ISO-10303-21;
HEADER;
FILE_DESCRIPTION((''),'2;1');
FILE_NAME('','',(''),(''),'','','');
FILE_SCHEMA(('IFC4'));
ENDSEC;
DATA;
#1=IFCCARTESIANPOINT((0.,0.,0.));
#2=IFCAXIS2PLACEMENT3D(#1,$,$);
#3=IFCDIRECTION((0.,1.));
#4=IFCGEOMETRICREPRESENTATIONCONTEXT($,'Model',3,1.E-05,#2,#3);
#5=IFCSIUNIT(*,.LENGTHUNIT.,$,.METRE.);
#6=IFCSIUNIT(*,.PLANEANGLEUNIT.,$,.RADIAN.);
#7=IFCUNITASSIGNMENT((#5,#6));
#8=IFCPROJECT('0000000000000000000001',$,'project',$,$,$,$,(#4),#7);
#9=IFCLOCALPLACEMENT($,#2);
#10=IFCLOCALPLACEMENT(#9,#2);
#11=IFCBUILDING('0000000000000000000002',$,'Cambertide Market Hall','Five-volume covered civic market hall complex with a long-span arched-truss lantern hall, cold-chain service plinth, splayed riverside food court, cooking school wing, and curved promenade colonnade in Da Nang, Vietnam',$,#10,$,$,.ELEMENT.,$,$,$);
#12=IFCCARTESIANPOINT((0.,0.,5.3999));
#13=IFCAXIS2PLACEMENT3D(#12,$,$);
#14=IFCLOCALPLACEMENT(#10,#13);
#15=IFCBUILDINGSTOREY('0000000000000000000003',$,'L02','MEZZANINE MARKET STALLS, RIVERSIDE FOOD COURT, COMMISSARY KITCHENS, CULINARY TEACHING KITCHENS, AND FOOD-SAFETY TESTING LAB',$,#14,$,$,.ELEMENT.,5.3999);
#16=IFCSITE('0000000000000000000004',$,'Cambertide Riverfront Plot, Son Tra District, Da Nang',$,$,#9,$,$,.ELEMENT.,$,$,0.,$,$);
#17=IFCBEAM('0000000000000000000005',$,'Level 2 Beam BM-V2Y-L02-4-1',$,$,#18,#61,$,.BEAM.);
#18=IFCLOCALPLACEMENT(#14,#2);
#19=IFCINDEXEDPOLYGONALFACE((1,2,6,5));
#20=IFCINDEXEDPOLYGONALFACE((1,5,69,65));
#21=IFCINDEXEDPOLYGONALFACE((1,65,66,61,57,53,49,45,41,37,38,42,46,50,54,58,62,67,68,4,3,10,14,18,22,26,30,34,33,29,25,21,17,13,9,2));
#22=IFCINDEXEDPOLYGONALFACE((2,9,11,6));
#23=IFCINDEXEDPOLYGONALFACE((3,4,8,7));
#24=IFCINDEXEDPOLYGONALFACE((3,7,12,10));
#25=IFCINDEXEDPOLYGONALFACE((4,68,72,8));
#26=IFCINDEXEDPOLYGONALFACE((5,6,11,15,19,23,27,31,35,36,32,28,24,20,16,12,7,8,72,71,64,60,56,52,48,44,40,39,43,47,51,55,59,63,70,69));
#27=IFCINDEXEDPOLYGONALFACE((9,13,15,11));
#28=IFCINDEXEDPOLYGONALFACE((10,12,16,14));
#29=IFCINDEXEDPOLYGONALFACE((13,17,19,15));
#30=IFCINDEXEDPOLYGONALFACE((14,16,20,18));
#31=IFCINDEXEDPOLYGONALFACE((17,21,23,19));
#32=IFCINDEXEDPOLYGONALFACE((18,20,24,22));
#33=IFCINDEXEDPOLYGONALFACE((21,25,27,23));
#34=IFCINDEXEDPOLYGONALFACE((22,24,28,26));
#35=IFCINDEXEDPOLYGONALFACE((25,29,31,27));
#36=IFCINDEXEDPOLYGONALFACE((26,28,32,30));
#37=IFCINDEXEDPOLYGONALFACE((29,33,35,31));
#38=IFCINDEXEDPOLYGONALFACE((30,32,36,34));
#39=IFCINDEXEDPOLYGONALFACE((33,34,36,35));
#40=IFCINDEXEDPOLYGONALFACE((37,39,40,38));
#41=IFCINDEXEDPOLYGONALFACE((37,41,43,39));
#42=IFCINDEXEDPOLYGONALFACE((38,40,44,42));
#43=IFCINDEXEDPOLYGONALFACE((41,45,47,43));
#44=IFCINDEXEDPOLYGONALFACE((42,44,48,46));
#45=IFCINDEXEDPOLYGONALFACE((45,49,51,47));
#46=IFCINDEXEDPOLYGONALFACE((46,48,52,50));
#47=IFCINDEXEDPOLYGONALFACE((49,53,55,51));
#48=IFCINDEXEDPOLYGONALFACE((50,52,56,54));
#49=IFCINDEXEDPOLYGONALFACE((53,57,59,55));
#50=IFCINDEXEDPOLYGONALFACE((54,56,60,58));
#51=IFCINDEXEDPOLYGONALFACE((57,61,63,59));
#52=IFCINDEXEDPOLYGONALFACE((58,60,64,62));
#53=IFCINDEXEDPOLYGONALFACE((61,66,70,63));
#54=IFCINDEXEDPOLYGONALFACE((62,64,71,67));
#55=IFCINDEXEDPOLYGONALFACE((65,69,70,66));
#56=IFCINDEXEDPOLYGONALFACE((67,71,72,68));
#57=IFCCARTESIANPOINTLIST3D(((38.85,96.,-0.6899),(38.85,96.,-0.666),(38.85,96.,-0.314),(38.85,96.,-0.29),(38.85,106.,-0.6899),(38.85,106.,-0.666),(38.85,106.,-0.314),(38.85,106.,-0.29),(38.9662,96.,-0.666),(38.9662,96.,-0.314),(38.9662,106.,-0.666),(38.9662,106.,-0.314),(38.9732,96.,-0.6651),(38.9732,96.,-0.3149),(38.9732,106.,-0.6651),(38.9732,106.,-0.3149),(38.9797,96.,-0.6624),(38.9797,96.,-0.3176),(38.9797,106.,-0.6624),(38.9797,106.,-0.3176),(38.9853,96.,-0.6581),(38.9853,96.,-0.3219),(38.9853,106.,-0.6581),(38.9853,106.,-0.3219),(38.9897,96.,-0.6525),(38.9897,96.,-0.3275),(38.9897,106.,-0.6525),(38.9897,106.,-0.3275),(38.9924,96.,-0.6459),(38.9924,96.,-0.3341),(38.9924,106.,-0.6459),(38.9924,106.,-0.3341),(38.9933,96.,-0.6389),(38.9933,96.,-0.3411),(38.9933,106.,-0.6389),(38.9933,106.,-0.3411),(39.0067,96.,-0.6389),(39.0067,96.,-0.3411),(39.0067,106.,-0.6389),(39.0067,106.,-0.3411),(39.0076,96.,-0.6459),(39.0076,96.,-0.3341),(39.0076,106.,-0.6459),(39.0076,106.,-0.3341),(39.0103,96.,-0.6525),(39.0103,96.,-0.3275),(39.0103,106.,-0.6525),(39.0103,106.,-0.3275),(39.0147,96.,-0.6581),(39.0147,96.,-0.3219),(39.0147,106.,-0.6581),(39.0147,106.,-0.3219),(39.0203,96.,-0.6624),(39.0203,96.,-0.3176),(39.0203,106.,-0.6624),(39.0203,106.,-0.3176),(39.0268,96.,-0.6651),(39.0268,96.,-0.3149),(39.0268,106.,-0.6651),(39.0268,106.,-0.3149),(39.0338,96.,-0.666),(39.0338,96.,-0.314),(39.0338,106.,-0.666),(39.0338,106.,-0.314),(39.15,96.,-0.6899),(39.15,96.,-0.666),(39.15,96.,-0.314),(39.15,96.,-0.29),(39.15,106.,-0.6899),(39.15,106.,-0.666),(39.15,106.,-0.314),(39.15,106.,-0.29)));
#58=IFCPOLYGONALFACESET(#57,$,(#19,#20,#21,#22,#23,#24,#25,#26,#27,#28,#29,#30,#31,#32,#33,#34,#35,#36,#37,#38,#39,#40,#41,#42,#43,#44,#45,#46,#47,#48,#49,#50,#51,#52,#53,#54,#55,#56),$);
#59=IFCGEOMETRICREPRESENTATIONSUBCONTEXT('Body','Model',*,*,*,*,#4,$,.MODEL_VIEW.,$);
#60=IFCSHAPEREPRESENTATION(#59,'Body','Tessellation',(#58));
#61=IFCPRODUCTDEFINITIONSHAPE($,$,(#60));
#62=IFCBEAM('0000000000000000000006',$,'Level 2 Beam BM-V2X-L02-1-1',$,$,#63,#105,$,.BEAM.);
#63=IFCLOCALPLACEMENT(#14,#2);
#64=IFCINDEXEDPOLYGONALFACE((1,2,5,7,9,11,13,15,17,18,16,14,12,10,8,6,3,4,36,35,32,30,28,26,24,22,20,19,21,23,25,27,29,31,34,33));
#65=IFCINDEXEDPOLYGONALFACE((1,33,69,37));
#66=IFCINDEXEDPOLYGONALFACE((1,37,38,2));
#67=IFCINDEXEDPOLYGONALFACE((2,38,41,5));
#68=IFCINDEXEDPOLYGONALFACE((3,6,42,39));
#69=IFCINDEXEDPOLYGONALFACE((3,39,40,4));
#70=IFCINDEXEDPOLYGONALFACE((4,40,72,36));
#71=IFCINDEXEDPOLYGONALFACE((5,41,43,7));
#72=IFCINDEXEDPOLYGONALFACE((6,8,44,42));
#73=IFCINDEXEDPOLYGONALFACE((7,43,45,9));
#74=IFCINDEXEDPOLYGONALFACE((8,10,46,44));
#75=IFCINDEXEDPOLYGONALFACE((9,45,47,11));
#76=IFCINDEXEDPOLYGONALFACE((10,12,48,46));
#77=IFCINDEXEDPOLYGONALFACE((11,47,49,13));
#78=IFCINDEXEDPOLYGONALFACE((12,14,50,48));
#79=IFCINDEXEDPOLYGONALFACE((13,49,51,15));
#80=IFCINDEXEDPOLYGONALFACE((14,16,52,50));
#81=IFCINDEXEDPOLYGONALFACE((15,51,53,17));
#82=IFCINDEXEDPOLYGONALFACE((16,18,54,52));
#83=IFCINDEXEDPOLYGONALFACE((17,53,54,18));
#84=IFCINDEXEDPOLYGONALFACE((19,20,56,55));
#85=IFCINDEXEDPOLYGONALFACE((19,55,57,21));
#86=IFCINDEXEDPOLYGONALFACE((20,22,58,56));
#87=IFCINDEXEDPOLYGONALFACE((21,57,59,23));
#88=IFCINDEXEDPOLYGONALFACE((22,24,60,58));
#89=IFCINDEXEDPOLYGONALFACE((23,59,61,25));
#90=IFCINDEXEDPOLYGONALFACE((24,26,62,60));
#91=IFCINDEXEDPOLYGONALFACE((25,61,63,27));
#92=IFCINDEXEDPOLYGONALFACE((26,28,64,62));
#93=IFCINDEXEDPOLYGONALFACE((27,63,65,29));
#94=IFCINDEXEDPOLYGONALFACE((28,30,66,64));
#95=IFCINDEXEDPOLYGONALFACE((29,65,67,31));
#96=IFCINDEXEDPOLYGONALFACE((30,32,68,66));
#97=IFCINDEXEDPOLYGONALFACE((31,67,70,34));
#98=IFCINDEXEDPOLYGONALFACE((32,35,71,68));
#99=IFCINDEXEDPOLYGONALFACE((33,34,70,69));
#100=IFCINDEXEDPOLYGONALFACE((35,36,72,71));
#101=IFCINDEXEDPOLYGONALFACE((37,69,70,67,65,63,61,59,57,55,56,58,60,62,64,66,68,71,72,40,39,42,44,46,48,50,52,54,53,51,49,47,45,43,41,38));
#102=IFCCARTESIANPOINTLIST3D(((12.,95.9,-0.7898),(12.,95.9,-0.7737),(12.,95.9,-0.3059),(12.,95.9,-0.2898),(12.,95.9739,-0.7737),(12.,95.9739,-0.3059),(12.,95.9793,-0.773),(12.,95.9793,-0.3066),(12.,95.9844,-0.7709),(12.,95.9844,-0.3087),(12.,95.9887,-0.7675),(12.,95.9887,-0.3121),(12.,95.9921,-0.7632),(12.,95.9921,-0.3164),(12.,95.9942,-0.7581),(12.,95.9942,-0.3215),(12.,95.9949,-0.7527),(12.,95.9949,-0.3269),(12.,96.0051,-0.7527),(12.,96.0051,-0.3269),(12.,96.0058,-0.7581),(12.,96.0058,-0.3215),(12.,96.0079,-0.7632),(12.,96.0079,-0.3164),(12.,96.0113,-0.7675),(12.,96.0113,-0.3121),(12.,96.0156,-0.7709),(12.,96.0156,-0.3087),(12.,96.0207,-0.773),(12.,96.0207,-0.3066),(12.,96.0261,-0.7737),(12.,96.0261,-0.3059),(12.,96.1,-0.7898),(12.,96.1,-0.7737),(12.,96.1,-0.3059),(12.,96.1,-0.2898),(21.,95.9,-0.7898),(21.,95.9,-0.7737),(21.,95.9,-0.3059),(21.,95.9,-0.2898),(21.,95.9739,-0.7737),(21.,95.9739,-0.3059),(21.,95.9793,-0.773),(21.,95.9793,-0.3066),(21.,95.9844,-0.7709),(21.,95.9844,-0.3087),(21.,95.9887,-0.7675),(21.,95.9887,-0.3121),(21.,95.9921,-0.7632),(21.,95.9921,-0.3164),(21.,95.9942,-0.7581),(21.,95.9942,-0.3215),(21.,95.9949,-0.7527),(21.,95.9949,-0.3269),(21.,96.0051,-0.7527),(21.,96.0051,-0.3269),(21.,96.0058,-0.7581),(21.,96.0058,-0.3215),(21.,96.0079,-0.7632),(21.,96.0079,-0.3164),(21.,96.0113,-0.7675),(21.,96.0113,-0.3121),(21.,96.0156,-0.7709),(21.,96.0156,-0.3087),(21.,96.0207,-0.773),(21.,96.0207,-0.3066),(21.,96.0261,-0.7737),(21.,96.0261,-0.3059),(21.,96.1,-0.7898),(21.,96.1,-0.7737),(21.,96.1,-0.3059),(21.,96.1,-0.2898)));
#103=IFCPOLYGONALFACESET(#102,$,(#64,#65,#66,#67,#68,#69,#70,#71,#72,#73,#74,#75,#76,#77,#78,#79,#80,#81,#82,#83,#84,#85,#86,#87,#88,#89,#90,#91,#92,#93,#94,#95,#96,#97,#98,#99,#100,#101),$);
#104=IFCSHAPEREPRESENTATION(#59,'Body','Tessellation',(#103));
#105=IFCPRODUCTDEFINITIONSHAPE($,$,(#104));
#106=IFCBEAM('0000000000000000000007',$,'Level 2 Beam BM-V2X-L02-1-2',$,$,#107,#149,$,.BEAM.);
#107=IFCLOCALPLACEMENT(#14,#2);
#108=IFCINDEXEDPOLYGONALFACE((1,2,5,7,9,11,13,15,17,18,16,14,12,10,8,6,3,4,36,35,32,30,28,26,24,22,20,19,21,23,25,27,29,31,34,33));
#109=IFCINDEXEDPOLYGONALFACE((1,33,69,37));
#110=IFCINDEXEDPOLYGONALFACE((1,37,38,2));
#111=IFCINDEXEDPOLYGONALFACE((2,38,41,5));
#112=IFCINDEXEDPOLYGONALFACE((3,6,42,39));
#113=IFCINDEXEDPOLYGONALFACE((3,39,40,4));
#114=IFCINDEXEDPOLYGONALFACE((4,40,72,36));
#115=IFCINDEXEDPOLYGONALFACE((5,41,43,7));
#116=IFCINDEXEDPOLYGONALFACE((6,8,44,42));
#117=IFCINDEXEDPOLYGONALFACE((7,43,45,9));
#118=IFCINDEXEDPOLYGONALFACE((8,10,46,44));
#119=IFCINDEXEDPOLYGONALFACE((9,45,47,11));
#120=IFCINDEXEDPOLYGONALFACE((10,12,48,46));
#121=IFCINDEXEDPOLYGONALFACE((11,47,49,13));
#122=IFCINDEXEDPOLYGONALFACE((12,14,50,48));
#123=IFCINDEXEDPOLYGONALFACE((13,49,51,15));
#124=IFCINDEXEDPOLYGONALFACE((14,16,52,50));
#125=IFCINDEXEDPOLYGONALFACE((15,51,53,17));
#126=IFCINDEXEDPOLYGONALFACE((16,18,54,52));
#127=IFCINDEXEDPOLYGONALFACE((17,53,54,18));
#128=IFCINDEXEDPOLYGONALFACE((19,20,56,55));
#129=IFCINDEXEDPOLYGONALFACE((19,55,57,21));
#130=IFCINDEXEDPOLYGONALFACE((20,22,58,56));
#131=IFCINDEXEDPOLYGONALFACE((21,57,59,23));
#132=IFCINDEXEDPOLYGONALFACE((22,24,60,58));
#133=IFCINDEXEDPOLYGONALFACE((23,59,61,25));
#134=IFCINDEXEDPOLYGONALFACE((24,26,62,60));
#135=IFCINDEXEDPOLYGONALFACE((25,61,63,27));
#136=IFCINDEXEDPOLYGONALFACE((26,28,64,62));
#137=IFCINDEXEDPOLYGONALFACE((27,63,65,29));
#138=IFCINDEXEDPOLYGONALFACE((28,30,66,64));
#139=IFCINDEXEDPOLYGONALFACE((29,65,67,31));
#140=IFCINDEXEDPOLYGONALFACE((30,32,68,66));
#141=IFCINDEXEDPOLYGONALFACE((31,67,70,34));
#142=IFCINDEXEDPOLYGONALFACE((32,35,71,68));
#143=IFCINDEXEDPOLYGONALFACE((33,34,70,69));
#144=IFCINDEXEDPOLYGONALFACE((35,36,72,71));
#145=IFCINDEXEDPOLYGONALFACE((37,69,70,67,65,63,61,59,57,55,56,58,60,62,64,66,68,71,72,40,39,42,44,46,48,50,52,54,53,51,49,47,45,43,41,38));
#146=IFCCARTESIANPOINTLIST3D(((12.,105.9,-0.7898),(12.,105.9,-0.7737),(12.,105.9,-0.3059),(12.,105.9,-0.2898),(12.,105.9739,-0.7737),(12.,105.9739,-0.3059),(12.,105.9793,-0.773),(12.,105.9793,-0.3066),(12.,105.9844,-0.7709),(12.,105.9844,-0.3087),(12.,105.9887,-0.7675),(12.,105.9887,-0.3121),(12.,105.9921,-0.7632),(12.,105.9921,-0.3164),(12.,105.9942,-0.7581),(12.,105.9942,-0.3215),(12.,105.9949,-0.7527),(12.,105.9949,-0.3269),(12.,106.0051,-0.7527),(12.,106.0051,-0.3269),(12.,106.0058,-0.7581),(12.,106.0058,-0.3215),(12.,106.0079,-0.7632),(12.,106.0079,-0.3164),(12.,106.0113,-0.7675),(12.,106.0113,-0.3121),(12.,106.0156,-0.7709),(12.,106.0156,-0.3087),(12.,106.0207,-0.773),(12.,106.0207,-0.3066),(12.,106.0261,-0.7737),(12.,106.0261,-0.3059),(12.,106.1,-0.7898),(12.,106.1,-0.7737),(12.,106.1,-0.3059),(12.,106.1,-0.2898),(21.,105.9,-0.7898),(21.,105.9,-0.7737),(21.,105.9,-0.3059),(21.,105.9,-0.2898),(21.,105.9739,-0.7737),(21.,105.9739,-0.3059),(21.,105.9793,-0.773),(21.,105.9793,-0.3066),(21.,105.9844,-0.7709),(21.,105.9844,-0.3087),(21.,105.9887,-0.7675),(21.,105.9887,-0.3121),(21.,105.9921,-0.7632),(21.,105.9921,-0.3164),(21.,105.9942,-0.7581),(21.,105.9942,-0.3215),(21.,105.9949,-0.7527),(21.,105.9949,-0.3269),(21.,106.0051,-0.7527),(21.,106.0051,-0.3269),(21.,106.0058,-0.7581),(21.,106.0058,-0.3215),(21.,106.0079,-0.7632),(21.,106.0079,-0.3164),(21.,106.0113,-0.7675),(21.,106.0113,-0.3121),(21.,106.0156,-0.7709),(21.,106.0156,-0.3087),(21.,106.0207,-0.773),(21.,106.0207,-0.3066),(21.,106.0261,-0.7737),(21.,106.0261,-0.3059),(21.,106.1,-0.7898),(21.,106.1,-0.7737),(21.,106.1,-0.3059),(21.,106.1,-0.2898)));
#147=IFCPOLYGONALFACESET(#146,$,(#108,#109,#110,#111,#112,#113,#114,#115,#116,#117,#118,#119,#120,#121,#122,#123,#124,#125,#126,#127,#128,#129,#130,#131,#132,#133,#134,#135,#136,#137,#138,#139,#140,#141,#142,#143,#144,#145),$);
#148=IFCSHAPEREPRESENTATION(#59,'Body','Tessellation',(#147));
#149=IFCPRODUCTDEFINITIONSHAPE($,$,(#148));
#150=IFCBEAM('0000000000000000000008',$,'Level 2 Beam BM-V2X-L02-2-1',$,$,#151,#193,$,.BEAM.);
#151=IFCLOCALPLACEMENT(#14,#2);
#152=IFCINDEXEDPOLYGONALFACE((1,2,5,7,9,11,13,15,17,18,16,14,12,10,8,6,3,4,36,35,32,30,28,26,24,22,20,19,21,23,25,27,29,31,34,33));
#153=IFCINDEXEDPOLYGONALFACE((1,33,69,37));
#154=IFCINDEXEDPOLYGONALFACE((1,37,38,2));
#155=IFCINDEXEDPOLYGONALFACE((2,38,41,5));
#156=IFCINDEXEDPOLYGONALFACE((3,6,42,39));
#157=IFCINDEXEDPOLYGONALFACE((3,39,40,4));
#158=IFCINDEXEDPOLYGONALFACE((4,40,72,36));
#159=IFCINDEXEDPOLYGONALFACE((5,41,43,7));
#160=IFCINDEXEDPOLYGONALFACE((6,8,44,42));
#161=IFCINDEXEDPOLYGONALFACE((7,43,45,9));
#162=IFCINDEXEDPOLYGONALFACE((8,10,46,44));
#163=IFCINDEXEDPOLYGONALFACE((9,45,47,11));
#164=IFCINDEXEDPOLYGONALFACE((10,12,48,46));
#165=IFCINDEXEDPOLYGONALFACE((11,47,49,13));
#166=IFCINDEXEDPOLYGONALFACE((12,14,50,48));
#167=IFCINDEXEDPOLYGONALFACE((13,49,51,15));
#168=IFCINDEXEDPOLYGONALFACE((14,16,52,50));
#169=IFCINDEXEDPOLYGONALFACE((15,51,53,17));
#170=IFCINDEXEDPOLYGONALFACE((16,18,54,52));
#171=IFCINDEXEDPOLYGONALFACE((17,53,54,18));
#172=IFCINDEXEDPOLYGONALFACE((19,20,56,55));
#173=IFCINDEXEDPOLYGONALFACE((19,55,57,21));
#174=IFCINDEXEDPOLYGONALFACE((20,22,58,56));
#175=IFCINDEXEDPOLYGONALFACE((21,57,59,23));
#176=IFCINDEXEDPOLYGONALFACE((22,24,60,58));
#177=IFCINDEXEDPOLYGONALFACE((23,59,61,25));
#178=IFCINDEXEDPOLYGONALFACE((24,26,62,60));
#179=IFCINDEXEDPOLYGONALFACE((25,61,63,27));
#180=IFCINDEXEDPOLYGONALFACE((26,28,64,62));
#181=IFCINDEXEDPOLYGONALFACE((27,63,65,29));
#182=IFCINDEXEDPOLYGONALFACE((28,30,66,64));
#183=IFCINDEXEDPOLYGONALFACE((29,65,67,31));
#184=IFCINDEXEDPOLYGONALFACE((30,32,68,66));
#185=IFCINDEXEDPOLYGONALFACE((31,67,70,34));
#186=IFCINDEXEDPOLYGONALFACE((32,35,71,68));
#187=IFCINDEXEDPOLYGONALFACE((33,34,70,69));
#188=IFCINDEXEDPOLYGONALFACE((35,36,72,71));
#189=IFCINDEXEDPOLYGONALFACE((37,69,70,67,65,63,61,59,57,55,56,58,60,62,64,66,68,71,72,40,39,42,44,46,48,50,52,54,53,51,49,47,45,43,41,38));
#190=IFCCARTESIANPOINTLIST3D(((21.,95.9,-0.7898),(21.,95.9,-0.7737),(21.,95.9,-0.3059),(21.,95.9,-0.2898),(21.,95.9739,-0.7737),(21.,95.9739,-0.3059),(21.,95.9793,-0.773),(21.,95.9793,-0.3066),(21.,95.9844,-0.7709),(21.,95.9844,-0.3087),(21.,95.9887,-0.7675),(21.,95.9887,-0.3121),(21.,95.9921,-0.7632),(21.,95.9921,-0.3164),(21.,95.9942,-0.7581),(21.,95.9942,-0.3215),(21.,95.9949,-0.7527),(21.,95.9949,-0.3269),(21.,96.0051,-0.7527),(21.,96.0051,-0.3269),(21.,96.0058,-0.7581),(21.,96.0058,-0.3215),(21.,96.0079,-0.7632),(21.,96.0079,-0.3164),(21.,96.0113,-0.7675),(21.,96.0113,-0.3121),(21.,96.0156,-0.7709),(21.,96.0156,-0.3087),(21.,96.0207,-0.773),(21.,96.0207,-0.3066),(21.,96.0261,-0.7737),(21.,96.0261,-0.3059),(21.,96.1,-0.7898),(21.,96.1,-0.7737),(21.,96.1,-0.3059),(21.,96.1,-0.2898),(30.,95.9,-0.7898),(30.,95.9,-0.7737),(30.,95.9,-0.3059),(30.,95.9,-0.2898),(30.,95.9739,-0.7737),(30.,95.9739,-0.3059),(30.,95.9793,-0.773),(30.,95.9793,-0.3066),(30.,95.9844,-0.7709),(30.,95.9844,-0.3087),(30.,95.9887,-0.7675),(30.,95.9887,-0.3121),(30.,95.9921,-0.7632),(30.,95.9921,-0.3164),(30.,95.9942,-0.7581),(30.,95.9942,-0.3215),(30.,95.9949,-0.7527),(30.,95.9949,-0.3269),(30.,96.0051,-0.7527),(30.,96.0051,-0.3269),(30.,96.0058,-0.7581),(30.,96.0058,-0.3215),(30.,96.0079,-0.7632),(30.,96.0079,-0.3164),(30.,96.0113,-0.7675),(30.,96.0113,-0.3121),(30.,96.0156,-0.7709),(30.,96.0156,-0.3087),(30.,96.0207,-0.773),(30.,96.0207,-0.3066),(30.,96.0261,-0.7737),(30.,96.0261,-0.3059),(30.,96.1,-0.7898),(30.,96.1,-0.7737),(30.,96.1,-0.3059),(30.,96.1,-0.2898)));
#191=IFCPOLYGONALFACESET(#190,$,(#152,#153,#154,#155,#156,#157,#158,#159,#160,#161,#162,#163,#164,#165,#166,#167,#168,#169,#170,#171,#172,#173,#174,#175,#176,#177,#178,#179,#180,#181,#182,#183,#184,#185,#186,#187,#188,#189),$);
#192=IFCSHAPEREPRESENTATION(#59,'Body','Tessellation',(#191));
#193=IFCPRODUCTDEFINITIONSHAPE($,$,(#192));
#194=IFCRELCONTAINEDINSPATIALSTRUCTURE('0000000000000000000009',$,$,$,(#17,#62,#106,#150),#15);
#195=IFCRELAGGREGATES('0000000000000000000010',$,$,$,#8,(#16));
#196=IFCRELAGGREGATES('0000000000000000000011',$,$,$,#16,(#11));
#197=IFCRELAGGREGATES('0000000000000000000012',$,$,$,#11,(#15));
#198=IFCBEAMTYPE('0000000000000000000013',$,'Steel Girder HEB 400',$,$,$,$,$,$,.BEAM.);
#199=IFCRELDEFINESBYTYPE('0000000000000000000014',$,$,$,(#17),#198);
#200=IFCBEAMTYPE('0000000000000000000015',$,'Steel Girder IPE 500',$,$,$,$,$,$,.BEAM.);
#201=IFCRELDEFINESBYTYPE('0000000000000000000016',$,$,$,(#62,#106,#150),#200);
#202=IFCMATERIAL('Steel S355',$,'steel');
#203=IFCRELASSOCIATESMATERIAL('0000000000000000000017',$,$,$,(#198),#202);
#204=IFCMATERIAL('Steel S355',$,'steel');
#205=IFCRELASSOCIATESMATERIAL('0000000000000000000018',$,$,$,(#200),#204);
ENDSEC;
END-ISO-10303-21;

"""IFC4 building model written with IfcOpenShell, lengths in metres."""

from ifc_helpers import new_model, si_unit, direction, frame, origin, origin_2d, place, context, subcontext, project, spatial, i_section, extrude, material, material_profile, profile_set, type_object, element, save


model = new_model("IFC4")

# Units and contexts
model_context = context("Model", 3, precision=1e-05, world=origin(), true_north=direction((0.0, 1.0)))
body_context = subcontext(model_context, "Body", "Model", "MODEL_VIEW")
ifc_project = project(units=[si_unit("LENGTHUNIT", "METRE"), si_unit("PLANEANGLEUNIT", "RADIAN")], contexts=[model_context])

# Site, building, storey
site_placement = place(None, origin())
site = spatial("IfcSite", under=ifc_project, at=site_placement, Name="Cambertide Riverfront Plot, Son Tra District, Da Nang", CompositionType="ELEMENT", RefElevation=0.0)
building_placement = place(site_placement, origin())
building = spatial("IfcBuilding", under=site, at=building_placement, Name="Cambertide Market Hall", Description="Five-volume covered civic market hall complex with a long-span arched-truss lantern hall, cold-chain service plinth, splayed riverside food court, cooking school wing, and curved promenade colonnade in Da Nang, Vietnam", CompositionType="ELEMENT")
storey_placement = place(building_placement, frame((0.0, 0.0, 5.3999)))
storey = spatial("IfcBuildingStorey", under=building, at=storey_placement, Name="L02", Description="MEZZANINE MARKET STALLS, RIVERSIDE FOOD COURT, COMMISSARY KITCHENS, CULINARY TEACHING KITCHENS, AND FOOD-SAFETY TESTING LAB", CompositionType="ELEMENT", Elevation=5.3999)

# Beams
ifc_material_1 = material(Name="Steel S355", Category="steel")
ifc_material_profile_1 = material_profile(ifc_material_1, i_section(OverallWidth=0.3, OverallDepth=0.3999, WebThickness=0.0134, FlangeThickness=0.0239, FilletRadius=0.0271, at=origin_2d()), Name="HEB 400")
ifc_profile_set_1 = profile_set([ifc_material_profile_1], Name="Steel S355")
beam_type_1 = type_object("IfcBeamType", Name="Steel Girder HEB 400", PredefinedType="BEAM", material=ifc_profile_set_1)
for number, where, z_axis, x_axis, name in (
    (1, (39.0, 96.0, -0.49), (0.0, 1.0, 0.0), (-1.0, 0.0, 0.0), "Level 2 Beam BM-V2Y-L02-4-1"),
):
    element("IfcBeam", number, at=place(storey_placement, frame(where, z_axis=z_axis, x_axis=x_axis)), inside=storey, type_object=beam_type_1, Name=name, PredefinedType="BEAM", context=body_context, shape_type="SweptSolid", body=[
        extrude(i_section(OverallWidth=0.3, OverallDepth=0.3999, WebThickness=0.0134, FlangeThickness=0.0239, FilletRadius=0.0271, at=origin_2d()), origin(), (0.0, 0.0, 1.0), 10.0),
    ])
ifc_material_2 = material(Name="Steel S355", Category="steel")
ifc_material_profile_2 = material_profile(ifc_material_2, i_section(OverallWidth=0.2, OverallDepth=0.5, WebThickness=0.0103, FlangeThickness=0.0161, FilletRadius=0.021, at=origin_2d()), Name="IPE 500")
ifc_profile_set_2 = profile_set([ifc_material_profile_2], Name="Steel S355")
beam_type_2 = type_object("IfcBeamType", Name="Steel Girder IPE 500", PredefinedType="BEAM", material=ifc_profile_set_2)
for number, where, z_axis, x_axis, name in (
    (2, (12.0, 96.0, -0.5398), (1.0, 0.0, 0.0), (0.0, 1.0, 0.0), "Level 2 Beam BM-V2X-L02-1-1"),
    (3, (12.0, 106.0, -0.5398), (1.0, 0.0, 0.0), (0.0, 1.0, 0.0), "Level 2 Beam BM-V2X-L02-1-2"),
    (4, (21.0, 96.0, -0.5398), (1.0, 0.0, 0.0), (0.0, 1.0, 0.0), "Level 2 Beam BM-V2X-L02-2-1"),
):
    element("IfcBeam", number, at=place(storey_placement, frame(where, z_axis=z_axis, x_axis=x_axis)), inside=storey, type_object=beam_type_2, Name=name, PredefinedType="BEAM", context=body_context, shape_type="SweptSolid", body=[
        extrude(i_section(OverallWidth=0.2, OverallDepth=0.5, WebThickness=0.0103, FlangeThickness=0.0161, FilletRadius=0.021, at=origin_2d()), origin(), (0.0, 0.0, 1.0), 9.0),
    ])

save(model, "model.ifc")
